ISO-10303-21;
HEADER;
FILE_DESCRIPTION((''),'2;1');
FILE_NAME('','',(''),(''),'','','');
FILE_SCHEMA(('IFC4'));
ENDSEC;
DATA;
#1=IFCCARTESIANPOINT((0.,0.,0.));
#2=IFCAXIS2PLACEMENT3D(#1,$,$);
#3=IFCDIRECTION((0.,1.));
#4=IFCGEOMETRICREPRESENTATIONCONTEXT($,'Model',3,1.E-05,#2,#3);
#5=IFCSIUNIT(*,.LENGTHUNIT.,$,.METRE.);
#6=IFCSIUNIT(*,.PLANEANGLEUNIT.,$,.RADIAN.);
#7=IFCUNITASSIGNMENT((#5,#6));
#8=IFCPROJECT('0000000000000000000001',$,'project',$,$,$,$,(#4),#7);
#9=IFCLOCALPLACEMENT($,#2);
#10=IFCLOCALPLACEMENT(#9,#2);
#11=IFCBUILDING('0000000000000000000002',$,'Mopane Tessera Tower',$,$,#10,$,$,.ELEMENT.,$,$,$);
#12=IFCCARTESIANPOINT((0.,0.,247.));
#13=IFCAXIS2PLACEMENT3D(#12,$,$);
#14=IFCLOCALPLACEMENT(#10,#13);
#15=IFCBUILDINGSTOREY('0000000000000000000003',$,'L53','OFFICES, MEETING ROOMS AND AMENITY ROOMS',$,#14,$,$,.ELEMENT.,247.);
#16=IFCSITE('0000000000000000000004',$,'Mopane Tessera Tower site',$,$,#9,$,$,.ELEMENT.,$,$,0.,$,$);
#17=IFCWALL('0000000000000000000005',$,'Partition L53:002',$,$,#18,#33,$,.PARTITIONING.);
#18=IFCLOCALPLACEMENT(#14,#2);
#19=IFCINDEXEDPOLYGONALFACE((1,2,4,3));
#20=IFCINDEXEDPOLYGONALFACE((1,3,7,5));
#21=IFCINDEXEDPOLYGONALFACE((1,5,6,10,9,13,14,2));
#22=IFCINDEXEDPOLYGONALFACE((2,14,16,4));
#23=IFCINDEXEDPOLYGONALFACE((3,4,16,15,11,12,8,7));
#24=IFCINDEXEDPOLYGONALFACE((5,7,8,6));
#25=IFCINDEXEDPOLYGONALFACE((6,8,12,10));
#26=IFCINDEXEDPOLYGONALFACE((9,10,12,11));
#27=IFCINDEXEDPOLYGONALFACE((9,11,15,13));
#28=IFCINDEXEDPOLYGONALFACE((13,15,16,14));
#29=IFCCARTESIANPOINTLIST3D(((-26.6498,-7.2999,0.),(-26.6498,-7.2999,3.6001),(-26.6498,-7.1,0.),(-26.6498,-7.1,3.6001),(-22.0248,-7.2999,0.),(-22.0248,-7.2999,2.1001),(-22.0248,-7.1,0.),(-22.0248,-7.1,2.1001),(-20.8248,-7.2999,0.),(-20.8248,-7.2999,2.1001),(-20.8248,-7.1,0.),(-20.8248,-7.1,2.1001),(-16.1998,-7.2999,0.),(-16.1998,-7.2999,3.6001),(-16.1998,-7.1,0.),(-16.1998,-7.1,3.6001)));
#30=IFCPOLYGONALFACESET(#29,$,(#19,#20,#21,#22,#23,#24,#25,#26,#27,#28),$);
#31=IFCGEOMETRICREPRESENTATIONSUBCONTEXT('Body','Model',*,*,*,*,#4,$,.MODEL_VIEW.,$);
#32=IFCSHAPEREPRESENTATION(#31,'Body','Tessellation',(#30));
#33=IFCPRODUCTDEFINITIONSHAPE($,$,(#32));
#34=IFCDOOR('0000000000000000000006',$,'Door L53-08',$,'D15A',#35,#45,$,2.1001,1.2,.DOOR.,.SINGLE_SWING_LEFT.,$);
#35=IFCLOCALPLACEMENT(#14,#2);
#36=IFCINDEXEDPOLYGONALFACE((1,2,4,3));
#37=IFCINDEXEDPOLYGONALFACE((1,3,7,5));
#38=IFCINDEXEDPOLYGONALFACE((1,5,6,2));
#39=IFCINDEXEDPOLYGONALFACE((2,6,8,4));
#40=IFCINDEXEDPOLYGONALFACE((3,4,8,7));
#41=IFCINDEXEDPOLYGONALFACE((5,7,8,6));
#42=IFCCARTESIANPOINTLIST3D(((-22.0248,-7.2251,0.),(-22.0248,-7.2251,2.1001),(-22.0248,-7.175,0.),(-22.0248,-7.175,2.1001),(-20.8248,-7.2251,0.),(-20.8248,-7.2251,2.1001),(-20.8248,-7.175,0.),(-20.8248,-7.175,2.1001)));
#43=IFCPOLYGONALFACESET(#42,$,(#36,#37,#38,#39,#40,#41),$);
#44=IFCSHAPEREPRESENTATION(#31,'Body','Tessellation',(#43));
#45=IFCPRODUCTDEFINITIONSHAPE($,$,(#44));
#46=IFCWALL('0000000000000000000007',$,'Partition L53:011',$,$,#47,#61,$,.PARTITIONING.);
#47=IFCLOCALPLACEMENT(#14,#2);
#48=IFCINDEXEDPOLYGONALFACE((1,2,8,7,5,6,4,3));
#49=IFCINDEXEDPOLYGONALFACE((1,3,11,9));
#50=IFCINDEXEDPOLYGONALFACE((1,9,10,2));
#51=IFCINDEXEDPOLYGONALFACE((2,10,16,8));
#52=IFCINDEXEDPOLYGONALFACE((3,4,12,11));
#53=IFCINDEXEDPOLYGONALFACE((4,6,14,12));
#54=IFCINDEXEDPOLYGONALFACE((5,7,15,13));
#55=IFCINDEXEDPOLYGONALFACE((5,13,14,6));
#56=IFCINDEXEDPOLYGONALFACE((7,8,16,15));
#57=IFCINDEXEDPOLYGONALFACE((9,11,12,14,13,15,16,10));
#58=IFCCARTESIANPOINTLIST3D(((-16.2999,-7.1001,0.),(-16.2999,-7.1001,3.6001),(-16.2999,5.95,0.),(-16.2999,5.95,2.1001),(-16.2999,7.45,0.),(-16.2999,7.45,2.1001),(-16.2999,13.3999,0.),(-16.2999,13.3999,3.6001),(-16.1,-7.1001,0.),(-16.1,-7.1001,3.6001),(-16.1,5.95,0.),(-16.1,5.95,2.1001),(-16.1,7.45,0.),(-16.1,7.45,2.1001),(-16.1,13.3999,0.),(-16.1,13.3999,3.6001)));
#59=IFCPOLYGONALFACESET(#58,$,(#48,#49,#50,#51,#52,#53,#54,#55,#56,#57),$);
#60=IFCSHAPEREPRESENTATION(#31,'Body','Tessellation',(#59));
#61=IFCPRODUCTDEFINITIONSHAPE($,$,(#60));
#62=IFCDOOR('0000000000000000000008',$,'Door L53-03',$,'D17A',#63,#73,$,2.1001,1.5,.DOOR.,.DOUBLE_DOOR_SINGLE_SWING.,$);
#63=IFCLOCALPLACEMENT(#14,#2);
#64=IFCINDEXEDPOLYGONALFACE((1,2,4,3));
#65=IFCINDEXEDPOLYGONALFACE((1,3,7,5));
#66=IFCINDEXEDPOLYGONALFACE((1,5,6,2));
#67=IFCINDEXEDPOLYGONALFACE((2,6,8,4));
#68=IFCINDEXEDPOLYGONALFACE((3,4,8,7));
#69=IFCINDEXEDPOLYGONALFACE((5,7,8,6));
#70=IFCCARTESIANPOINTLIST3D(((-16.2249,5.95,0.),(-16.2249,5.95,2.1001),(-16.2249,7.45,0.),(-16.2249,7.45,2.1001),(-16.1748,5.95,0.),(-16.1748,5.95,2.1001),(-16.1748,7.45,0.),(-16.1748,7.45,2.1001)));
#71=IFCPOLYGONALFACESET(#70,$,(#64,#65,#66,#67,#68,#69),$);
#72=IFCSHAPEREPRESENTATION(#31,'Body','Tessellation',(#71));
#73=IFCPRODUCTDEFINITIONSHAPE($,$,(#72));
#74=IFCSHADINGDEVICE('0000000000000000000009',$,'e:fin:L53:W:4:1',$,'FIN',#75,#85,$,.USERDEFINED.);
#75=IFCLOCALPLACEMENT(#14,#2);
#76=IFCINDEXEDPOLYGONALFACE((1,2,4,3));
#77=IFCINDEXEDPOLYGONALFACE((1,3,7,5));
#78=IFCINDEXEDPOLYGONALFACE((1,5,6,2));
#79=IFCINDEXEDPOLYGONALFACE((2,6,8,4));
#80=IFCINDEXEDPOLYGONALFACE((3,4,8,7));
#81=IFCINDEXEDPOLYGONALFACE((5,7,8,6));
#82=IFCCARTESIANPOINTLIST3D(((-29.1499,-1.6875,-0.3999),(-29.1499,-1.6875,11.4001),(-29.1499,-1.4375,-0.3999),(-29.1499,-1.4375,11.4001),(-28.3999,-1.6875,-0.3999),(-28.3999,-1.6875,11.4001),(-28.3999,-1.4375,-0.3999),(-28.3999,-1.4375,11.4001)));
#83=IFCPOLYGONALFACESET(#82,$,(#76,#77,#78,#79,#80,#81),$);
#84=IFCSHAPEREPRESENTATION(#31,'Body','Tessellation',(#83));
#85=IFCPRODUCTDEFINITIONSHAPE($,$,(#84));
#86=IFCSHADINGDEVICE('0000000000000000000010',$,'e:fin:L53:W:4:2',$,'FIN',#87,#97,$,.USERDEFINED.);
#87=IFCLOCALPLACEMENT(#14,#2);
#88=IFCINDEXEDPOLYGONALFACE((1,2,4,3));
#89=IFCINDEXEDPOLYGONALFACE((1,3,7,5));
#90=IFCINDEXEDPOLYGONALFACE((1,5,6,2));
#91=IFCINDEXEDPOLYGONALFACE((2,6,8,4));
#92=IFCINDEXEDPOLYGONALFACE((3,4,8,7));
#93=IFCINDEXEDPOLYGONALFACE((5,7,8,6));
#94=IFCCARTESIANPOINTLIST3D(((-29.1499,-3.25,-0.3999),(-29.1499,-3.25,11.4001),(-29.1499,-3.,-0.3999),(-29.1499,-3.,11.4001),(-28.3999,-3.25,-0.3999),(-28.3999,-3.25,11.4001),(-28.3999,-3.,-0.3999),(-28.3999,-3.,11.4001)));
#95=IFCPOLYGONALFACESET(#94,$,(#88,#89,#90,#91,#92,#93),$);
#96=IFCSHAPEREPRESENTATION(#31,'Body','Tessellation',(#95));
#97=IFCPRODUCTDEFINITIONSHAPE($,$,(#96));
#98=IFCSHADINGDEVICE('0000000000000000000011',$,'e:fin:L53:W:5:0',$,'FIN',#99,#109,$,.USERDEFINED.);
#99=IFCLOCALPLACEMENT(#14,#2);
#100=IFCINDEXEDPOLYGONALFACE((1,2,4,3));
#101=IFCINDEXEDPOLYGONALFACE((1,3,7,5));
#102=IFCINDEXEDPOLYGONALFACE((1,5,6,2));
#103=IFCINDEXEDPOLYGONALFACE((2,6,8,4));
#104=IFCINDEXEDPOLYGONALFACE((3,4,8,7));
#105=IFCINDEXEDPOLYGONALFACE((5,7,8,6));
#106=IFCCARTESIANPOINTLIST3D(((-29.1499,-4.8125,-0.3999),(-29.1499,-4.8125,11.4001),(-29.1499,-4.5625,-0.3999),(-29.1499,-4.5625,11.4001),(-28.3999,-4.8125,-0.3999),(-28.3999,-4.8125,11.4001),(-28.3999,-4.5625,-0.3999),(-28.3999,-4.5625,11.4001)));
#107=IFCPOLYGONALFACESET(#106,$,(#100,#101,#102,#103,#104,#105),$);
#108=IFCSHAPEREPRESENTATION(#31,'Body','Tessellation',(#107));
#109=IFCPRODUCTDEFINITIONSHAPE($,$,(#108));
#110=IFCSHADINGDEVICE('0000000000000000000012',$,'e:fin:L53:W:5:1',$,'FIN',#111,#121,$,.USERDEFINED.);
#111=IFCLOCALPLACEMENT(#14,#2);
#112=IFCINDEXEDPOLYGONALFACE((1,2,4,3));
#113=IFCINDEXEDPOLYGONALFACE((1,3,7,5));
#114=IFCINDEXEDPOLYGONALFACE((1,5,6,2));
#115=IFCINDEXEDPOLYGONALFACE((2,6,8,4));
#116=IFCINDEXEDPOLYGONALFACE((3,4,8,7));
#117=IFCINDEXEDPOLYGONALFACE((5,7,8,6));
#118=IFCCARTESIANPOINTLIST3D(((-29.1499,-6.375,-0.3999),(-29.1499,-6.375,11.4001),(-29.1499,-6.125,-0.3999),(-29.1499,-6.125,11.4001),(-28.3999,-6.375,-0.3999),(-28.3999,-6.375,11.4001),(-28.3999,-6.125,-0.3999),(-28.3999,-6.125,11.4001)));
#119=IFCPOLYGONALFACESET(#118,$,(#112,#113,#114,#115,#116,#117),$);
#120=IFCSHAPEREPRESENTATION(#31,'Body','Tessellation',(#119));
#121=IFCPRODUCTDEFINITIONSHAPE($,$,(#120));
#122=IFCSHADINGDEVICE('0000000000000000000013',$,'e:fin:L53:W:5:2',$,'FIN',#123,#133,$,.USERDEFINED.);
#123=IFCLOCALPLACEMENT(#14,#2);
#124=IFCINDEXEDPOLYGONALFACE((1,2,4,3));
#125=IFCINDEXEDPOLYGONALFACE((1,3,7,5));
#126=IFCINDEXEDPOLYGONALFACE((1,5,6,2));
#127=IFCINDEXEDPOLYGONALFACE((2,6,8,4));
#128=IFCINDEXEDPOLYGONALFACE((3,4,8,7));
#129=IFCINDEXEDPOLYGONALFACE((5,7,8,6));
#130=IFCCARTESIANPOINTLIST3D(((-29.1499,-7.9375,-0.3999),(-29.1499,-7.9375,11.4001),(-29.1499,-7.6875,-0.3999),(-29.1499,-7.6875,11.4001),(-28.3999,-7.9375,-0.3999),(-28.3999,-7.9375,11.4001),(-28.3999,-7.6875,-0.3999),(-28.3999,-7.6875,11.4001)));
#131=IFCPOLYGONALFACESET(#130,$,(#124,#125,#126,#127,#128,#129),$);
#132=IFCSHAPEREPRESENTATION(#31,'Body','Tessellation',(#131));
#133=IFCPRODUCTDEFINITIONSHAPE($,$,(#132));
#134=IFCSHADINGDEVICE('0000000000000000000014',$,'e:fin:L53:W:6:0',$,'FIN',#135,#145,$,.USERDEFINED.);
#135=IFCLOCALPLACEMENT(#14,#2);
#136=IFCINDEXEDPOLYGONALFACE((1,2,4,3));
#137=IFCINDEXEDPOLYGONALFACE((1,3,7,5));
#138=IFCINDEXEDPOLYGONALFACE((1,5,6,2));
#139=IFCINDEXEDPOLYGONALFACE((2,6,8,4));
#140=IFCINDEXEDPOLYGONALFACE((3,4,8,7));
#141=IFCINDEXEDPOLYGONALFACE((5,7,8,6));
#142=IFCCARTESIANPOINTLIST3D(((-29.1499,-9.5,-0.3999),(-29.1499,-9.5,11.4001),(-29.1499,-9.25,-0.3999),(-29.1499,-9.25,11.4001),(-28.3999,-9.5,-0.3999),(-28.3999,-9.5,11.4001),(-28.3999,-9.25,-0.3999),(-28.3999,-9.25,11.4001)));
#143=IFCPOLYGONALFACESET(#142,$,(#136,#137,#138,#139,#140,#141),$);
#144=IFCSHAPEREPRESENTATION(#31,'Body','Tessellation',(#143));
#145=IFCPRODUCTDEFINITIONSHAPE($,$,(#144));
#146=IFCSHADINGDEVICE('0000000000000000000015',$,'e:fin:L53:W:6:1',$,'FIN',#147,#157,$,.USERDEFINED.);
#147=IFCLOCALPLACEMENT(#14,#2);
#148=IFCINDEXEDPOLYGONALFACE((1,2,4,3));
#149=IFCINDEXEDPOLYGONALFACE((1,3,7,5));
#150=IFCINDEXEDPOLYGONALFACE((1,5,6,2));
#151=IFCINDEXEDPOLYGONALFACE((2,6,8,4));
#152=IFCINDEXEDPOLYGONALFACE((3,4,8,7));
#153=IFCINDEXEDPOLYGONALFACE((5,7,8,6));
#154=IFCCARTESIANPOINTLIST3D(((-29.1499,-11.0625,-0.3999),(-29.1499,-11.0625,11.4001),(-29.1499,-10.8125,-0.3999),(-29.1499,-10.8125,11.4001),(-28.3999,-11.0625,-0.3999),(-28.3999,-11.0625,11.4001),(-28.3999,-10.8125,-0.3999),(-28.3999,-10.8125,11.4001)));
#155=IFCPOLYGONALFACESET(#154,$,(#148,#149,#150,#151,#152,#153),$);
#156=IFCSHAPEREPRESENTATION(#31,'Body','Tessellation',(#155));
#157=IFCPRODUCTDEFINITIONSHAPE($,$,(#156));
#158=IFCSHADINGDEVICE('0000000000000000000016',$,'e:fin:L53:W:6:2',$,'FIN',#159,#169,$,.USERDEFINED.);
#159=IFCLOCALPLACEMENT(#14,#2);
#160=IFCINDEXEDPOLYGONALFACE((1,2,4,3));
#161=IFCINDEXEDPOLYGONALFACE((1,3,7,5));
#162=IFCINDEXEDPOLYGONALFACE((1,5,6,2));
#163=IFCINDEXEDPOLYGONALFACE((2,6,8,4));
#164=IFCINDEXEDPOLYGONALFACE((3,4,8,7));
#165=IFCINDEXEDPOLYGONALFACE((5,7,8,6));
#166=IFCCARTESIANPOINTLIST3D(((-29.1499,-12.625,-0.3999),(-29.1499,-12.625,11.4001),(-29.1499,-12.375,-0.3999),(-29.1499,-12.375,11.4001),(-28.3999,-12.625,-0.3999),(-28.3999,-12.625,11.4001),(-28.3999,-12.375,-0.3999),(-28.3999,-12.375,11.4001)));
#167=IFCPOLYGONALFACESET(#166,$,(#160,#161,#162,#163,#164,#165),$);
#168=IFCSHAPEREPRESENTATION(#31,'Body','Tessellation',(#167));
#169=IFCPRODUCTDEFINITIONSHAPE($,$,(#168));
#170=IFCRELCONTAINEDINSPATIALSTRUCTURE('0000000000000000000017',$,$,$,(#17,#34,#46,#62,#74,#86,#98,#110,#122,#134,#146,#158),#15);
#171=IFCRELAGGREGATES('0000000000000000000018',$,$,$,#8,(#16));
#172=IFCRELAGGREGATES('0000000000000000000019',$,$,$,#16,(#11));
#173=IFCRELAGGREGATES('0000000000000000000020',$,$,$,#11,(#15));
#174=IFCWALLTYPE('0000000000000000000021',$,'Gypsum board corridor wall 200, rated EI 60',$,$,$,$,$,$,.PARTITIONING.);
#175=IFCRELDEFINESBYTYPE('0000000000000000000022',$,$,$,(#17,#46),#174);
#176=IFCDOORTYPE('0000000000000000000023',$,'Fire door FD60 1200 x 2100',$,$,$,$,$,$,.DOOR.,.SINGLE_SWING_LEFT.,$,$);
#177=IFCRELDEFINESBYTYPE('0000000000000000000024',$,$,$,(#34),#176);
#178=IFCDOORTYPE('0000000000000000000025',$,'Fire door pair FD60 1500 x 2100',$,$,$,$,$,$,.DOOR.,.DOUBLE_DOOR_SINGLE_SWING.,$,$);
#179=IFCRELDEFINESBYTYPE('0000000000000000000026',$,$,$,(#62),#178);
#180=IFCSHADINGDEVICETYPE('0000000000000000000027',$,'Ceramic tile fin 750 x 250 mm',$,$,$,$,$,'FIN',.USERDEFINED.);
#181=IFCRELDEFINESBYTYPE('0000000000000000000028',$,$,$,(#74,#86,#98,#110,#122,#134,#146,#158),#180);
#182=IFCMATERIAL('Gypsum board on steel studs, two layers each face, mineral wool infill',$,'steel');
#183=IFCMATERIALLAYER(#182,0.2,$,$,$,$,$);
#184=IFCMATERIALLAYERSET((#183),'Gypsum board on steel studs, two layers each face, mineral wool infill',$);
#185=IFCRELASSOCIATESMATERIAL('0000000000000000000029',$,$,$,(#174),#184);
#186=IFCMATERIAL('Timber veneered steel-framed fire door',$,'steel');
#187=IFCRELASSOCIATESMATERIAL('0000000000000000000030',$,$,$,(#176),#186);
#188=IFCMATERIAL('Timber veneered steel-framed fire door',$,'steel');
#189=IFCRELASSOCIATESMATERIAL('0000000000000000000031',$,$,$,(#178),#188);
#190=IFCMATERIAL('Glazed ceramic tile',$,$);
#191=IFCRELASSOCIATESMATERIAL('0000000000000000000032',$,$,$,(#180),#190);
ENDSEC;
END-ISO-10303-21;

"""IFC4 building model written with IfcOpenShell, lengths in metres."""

from ifc_helpers import new_model, si_unit, direction, frame, frame_2d, origin, origin_2d, place, context, subcontext, project, spatial, rectangle, extrude, material, layer, layer_set, type_object, element, fill, save


model = new_model("IFC4")

# Units and contexts
model_context = context("Model", 3, precision=1e-05, world=origin(), true_north=direction((0.0, 1.0)))
body_context = subcontext(model_context, "Body", "Model", "MODEL_VIEW")
ifc_project = project(units=[si_unit("LENGTHUNIT", "METRE"), si_unit("PLANEANGLEUNIT", "RADIAN")], contexts=[model_context])

# Site, building, storey
site_placement = place(None, origin())
site = spatial("IfcSite", under=ifc_project, at=site_placement, Name="Mopane Tessera Tower site", CompositionType="ELEMENT", RefElevation=0.0)
building_placement = place(site_placement, origin())
building = spatial("IfcBuilding", under=site, at=building_placement, Name="Mopane Tessera Tower", CompositionType="ELEMENT")
storey_placement = place(building_placement, frame((0.0, 0.0, 247.0)))
storey = spatial("IfcBuildingStorey", under=building, at=storey_placement, Name="L53", Description="OFFICES, MEETING ROOMS AND AMENITY ROOMS", CompositionType="ELEMENT", Elevation=247.0)

# Walls, openings, doors
ifc_material_1 = material(Name="Gypsum board on steel studs, two layers each face, mineral wool infill", Category="steel")
ifc_layer_1 = layer(ifc_material_1, 0.2)
ifc_layer_set_1 = layer_set([ifc_layer_1], Name="Gypsum board on steel studs, two layers each face, mineral wool infill")
wall_type = type_object("IfcWallType", Name="Gypsum board corridor wall 200, rated EI 60", PredefinedType="PARTITIONING", material=ifc_layer_set_1)
wall_1_placement = place(storey_placement, frame((-26.6499, -7.2, 0.0), z_axis=(0.0, 0.0, 1.0), x_axis=(1.0, 0.0, 0.0)))
wall_1 = element("IfcWall", 1, at=wall_1_placement, inside=storey, type_object=wall_type, Name="Partition L53:002", PredefinedType="PARTITIONING", context=body_context, shape_type="SweptSolid", body=[
    extrude(rectangle(XDim=10.45, YDim=0.2, at=frame_2d((5.2251, 0.0))), origin(), (0.0, 0.0, 1.0), 3.6001),
])
opening_1_placement = place(wall_1_placement, frame((4.625, 0.0, 0.0)))
opening_1 = element("IfcOpeningElement", 2, at=opening_1_placement, cuts=wall_1, PredefinedType="OPENING", context=body_context, shape_type="SweptSolid", body=[
    extrude(rectangle(XDim=1.2, YDim=2.1001, at=frame_2d((0.6001, 1.05))), frame((0.0, 0.1121, 0.0), z_axis=(0.0, -1.0, 0.0), x_axis=(1.0, 0.0, 0.0)), (0.0, 0.0, 1.0), 0.2239),
])
ifc_material_2 = material(Name="Timber veneered steel-framed fire door", Category="steel")
door_type_1 = type_object("IfcDoorType", Name="Fire door FD60 1200 x 2100", OperationType="SINGLE_SWING_LEFT", PredefinedType="DOOR", material=ifc_material_2)
door_1_placement = place(opening_1_placement, origin())
door_1 = element("IfcDoor", 3, at=door_1_placement, inside=storey, type_object=door_type_1, Name="Door L53-08", ObjectType="D15A", OperationType="SINGLE_SWING_LEFT", OverallHeight=2.1001, OverallWidth=1.2, PredefinedType="DOOR", context=body_context, shape_type="SweptSolid", body=[
    extrude(rectangle(XDim=1.2, YDim=2.1001, at=frame_2d((0.6001, 1.05))), frame((0.0, 0.0249, 0.0), z_axis=(0.0, -1.0, 0.0), x_axis=(1.0, 0.0, 0.0)), (0.0, 0.0, 1.0), 0.05),
])
fill(opening_1, door_1)
wall_2_placement = place(storey_placement, frame((-16.2, -7.1001, 0.0), z_axis=(0.0, 0.0, 1.0), x_axis=(0.0, 1.0, 0.0)))
wall_2 = element("IfcWall", 4, at=wall_2_placement, inside=storey, type_object=wall_type, Name="Partition L53:011", PredefinedType="PARTITIONING", context=body_context, shape_type="SweptSolid", body=[
    extrude(rectangle(XDim=20.5, YDim=0.2, at=frame_2d((10.25, 0.0))), origin(), (0.0, 0.0, 1.0), 3.6001),
])
opening_2_placement = place(wall_2_placement, frame((13.05, 0.0, 0.0)))
opening_2 = element("IfcOpeningElement", 5, at=opening_2_placement, cuts=wall_2, PredefinedType="OPENING", context=body_context, shape_type="SweptSolid", body=[
    extrude(rectangle(XDim=1.5, YDim=2.1001, at=frame_2d((0.75, 1.05))), frame((0.0, 0.1121, 0.0), z_axis=(0.0, -1.0, 0.0), x_axis=(1.0, 0.0, 0.0)), (0.0, 0.0, 1.0), 0.2239),
])
ifc_material_3 = material(Name="Timber veneered steel-framed fire door", Category="steel")
door_type_2 = type_object("IfcDoorType", Name="Fire door pair FD60 1500 x 2100", OperationType="DOUBLE_DOOR_SINGLE_SWING", PredefinedType="DOOR", material=ifc_material_3)
door_2_placement = place(opening_2_placement, origin())
door_2 = element("IfcDoor", 6, at=door_2_placement, inside=storey, type_object=door_type_2, Name="Door L53-03", ObjectType="D17A", OperationType="DOUBLE_DOOR_SINGLE_SWING", OverallHeight=2.1001, OverallWidth=1.5, PredefinedType="DOOR", context=body_context, shape_type="SweptSolid", body=[
    extrude(rectangle(XDim=1.5, YDim=2.1001, at=frame_2d((0.75, 1.05))), frame((0.0, 0.0249, 0.0), z_axis=(0.0, -1.0, 0.0), x_axis=(1.0, 0.0, 0.0)), (0.0, 0.0, 1.0), 0.05),
])
fill(opening_2, door_2)

# Shading devices
ifc_material_4 = material(Name="Glazed ceramic tile")
shading_device_type = type_object("IfcShadingDeviceType", Name="Ceramic tile fin 750 x 250 mm", ElementType="FIN", PredefinedType="USERDEFINED", material=ifc_material_4)
for number, where, z_axis, x_axis, name in (
    (7, (-28.7749, -1.5625, -0.3999), (0.0, 0.0, 1.0), (0.0, -1.0, 0.0), "e:fin:L53:W:4:1"),
    (8, (-28.7749, -3.125, -0.3999), (0.0, 0.0, 1.0), (0.0, -1.0, 0.0), "e:fin:L53:W:4:2"),
    (9, (-28.7749, -4.6875, -0.3999), (0.0, 0.0, 1.0), (0.0, -1.0, 0.0), "e:fin:L53:W:5:0"),
    (10, (-28.7749, -6.25, -0.3999), (0.0, 0.0, 1.0), (0.0, -1.0, 0.0), "e:fin:L53:W:5:1"),
    (11, (-28.7749, -7.8125, -0.3999), (0.0, 0.0, 1.0), (0.0, -1.0, 0.0), "e:fin:L53:W:5:2"),
    (12, (-28.7749, -9.375, -0.3999), (0.0, 0.0, 1.0), (0.0, -1.0, 0.0), "e:fin:L53:W:6:0"),
    (13, (-28.7749, -10.9375, -0.3999), (0.0, 0.0, 1.0), (0.0, -1.0, 0.0), "e:fin:L53:W:6:1"),
    (14, (-28.7749, -12.5, -0.3999), (0.0, 0.0, 1.0), (0.0, -1.0, 0.0), "e:fin:L53:W:6:2"),
):
    element("IfcShadingDevice", number, at=place(storey_placement, frame(where, z_axis=z_axis, x_axis=x_axis)), inside=storey, type_object=shading_device_type, Name=name, ObjectType="FIN", PredefinedType="USERDEFINED", context=body_context, shape_type="SweptSolid", body=[
        extrude(rectangle(XDim=0.25, YDim=0.75, at=origin_2d()), origin(), (0.0, 0.0, 1.0), 11.8),
    ])

save(model, "model.ifc")
